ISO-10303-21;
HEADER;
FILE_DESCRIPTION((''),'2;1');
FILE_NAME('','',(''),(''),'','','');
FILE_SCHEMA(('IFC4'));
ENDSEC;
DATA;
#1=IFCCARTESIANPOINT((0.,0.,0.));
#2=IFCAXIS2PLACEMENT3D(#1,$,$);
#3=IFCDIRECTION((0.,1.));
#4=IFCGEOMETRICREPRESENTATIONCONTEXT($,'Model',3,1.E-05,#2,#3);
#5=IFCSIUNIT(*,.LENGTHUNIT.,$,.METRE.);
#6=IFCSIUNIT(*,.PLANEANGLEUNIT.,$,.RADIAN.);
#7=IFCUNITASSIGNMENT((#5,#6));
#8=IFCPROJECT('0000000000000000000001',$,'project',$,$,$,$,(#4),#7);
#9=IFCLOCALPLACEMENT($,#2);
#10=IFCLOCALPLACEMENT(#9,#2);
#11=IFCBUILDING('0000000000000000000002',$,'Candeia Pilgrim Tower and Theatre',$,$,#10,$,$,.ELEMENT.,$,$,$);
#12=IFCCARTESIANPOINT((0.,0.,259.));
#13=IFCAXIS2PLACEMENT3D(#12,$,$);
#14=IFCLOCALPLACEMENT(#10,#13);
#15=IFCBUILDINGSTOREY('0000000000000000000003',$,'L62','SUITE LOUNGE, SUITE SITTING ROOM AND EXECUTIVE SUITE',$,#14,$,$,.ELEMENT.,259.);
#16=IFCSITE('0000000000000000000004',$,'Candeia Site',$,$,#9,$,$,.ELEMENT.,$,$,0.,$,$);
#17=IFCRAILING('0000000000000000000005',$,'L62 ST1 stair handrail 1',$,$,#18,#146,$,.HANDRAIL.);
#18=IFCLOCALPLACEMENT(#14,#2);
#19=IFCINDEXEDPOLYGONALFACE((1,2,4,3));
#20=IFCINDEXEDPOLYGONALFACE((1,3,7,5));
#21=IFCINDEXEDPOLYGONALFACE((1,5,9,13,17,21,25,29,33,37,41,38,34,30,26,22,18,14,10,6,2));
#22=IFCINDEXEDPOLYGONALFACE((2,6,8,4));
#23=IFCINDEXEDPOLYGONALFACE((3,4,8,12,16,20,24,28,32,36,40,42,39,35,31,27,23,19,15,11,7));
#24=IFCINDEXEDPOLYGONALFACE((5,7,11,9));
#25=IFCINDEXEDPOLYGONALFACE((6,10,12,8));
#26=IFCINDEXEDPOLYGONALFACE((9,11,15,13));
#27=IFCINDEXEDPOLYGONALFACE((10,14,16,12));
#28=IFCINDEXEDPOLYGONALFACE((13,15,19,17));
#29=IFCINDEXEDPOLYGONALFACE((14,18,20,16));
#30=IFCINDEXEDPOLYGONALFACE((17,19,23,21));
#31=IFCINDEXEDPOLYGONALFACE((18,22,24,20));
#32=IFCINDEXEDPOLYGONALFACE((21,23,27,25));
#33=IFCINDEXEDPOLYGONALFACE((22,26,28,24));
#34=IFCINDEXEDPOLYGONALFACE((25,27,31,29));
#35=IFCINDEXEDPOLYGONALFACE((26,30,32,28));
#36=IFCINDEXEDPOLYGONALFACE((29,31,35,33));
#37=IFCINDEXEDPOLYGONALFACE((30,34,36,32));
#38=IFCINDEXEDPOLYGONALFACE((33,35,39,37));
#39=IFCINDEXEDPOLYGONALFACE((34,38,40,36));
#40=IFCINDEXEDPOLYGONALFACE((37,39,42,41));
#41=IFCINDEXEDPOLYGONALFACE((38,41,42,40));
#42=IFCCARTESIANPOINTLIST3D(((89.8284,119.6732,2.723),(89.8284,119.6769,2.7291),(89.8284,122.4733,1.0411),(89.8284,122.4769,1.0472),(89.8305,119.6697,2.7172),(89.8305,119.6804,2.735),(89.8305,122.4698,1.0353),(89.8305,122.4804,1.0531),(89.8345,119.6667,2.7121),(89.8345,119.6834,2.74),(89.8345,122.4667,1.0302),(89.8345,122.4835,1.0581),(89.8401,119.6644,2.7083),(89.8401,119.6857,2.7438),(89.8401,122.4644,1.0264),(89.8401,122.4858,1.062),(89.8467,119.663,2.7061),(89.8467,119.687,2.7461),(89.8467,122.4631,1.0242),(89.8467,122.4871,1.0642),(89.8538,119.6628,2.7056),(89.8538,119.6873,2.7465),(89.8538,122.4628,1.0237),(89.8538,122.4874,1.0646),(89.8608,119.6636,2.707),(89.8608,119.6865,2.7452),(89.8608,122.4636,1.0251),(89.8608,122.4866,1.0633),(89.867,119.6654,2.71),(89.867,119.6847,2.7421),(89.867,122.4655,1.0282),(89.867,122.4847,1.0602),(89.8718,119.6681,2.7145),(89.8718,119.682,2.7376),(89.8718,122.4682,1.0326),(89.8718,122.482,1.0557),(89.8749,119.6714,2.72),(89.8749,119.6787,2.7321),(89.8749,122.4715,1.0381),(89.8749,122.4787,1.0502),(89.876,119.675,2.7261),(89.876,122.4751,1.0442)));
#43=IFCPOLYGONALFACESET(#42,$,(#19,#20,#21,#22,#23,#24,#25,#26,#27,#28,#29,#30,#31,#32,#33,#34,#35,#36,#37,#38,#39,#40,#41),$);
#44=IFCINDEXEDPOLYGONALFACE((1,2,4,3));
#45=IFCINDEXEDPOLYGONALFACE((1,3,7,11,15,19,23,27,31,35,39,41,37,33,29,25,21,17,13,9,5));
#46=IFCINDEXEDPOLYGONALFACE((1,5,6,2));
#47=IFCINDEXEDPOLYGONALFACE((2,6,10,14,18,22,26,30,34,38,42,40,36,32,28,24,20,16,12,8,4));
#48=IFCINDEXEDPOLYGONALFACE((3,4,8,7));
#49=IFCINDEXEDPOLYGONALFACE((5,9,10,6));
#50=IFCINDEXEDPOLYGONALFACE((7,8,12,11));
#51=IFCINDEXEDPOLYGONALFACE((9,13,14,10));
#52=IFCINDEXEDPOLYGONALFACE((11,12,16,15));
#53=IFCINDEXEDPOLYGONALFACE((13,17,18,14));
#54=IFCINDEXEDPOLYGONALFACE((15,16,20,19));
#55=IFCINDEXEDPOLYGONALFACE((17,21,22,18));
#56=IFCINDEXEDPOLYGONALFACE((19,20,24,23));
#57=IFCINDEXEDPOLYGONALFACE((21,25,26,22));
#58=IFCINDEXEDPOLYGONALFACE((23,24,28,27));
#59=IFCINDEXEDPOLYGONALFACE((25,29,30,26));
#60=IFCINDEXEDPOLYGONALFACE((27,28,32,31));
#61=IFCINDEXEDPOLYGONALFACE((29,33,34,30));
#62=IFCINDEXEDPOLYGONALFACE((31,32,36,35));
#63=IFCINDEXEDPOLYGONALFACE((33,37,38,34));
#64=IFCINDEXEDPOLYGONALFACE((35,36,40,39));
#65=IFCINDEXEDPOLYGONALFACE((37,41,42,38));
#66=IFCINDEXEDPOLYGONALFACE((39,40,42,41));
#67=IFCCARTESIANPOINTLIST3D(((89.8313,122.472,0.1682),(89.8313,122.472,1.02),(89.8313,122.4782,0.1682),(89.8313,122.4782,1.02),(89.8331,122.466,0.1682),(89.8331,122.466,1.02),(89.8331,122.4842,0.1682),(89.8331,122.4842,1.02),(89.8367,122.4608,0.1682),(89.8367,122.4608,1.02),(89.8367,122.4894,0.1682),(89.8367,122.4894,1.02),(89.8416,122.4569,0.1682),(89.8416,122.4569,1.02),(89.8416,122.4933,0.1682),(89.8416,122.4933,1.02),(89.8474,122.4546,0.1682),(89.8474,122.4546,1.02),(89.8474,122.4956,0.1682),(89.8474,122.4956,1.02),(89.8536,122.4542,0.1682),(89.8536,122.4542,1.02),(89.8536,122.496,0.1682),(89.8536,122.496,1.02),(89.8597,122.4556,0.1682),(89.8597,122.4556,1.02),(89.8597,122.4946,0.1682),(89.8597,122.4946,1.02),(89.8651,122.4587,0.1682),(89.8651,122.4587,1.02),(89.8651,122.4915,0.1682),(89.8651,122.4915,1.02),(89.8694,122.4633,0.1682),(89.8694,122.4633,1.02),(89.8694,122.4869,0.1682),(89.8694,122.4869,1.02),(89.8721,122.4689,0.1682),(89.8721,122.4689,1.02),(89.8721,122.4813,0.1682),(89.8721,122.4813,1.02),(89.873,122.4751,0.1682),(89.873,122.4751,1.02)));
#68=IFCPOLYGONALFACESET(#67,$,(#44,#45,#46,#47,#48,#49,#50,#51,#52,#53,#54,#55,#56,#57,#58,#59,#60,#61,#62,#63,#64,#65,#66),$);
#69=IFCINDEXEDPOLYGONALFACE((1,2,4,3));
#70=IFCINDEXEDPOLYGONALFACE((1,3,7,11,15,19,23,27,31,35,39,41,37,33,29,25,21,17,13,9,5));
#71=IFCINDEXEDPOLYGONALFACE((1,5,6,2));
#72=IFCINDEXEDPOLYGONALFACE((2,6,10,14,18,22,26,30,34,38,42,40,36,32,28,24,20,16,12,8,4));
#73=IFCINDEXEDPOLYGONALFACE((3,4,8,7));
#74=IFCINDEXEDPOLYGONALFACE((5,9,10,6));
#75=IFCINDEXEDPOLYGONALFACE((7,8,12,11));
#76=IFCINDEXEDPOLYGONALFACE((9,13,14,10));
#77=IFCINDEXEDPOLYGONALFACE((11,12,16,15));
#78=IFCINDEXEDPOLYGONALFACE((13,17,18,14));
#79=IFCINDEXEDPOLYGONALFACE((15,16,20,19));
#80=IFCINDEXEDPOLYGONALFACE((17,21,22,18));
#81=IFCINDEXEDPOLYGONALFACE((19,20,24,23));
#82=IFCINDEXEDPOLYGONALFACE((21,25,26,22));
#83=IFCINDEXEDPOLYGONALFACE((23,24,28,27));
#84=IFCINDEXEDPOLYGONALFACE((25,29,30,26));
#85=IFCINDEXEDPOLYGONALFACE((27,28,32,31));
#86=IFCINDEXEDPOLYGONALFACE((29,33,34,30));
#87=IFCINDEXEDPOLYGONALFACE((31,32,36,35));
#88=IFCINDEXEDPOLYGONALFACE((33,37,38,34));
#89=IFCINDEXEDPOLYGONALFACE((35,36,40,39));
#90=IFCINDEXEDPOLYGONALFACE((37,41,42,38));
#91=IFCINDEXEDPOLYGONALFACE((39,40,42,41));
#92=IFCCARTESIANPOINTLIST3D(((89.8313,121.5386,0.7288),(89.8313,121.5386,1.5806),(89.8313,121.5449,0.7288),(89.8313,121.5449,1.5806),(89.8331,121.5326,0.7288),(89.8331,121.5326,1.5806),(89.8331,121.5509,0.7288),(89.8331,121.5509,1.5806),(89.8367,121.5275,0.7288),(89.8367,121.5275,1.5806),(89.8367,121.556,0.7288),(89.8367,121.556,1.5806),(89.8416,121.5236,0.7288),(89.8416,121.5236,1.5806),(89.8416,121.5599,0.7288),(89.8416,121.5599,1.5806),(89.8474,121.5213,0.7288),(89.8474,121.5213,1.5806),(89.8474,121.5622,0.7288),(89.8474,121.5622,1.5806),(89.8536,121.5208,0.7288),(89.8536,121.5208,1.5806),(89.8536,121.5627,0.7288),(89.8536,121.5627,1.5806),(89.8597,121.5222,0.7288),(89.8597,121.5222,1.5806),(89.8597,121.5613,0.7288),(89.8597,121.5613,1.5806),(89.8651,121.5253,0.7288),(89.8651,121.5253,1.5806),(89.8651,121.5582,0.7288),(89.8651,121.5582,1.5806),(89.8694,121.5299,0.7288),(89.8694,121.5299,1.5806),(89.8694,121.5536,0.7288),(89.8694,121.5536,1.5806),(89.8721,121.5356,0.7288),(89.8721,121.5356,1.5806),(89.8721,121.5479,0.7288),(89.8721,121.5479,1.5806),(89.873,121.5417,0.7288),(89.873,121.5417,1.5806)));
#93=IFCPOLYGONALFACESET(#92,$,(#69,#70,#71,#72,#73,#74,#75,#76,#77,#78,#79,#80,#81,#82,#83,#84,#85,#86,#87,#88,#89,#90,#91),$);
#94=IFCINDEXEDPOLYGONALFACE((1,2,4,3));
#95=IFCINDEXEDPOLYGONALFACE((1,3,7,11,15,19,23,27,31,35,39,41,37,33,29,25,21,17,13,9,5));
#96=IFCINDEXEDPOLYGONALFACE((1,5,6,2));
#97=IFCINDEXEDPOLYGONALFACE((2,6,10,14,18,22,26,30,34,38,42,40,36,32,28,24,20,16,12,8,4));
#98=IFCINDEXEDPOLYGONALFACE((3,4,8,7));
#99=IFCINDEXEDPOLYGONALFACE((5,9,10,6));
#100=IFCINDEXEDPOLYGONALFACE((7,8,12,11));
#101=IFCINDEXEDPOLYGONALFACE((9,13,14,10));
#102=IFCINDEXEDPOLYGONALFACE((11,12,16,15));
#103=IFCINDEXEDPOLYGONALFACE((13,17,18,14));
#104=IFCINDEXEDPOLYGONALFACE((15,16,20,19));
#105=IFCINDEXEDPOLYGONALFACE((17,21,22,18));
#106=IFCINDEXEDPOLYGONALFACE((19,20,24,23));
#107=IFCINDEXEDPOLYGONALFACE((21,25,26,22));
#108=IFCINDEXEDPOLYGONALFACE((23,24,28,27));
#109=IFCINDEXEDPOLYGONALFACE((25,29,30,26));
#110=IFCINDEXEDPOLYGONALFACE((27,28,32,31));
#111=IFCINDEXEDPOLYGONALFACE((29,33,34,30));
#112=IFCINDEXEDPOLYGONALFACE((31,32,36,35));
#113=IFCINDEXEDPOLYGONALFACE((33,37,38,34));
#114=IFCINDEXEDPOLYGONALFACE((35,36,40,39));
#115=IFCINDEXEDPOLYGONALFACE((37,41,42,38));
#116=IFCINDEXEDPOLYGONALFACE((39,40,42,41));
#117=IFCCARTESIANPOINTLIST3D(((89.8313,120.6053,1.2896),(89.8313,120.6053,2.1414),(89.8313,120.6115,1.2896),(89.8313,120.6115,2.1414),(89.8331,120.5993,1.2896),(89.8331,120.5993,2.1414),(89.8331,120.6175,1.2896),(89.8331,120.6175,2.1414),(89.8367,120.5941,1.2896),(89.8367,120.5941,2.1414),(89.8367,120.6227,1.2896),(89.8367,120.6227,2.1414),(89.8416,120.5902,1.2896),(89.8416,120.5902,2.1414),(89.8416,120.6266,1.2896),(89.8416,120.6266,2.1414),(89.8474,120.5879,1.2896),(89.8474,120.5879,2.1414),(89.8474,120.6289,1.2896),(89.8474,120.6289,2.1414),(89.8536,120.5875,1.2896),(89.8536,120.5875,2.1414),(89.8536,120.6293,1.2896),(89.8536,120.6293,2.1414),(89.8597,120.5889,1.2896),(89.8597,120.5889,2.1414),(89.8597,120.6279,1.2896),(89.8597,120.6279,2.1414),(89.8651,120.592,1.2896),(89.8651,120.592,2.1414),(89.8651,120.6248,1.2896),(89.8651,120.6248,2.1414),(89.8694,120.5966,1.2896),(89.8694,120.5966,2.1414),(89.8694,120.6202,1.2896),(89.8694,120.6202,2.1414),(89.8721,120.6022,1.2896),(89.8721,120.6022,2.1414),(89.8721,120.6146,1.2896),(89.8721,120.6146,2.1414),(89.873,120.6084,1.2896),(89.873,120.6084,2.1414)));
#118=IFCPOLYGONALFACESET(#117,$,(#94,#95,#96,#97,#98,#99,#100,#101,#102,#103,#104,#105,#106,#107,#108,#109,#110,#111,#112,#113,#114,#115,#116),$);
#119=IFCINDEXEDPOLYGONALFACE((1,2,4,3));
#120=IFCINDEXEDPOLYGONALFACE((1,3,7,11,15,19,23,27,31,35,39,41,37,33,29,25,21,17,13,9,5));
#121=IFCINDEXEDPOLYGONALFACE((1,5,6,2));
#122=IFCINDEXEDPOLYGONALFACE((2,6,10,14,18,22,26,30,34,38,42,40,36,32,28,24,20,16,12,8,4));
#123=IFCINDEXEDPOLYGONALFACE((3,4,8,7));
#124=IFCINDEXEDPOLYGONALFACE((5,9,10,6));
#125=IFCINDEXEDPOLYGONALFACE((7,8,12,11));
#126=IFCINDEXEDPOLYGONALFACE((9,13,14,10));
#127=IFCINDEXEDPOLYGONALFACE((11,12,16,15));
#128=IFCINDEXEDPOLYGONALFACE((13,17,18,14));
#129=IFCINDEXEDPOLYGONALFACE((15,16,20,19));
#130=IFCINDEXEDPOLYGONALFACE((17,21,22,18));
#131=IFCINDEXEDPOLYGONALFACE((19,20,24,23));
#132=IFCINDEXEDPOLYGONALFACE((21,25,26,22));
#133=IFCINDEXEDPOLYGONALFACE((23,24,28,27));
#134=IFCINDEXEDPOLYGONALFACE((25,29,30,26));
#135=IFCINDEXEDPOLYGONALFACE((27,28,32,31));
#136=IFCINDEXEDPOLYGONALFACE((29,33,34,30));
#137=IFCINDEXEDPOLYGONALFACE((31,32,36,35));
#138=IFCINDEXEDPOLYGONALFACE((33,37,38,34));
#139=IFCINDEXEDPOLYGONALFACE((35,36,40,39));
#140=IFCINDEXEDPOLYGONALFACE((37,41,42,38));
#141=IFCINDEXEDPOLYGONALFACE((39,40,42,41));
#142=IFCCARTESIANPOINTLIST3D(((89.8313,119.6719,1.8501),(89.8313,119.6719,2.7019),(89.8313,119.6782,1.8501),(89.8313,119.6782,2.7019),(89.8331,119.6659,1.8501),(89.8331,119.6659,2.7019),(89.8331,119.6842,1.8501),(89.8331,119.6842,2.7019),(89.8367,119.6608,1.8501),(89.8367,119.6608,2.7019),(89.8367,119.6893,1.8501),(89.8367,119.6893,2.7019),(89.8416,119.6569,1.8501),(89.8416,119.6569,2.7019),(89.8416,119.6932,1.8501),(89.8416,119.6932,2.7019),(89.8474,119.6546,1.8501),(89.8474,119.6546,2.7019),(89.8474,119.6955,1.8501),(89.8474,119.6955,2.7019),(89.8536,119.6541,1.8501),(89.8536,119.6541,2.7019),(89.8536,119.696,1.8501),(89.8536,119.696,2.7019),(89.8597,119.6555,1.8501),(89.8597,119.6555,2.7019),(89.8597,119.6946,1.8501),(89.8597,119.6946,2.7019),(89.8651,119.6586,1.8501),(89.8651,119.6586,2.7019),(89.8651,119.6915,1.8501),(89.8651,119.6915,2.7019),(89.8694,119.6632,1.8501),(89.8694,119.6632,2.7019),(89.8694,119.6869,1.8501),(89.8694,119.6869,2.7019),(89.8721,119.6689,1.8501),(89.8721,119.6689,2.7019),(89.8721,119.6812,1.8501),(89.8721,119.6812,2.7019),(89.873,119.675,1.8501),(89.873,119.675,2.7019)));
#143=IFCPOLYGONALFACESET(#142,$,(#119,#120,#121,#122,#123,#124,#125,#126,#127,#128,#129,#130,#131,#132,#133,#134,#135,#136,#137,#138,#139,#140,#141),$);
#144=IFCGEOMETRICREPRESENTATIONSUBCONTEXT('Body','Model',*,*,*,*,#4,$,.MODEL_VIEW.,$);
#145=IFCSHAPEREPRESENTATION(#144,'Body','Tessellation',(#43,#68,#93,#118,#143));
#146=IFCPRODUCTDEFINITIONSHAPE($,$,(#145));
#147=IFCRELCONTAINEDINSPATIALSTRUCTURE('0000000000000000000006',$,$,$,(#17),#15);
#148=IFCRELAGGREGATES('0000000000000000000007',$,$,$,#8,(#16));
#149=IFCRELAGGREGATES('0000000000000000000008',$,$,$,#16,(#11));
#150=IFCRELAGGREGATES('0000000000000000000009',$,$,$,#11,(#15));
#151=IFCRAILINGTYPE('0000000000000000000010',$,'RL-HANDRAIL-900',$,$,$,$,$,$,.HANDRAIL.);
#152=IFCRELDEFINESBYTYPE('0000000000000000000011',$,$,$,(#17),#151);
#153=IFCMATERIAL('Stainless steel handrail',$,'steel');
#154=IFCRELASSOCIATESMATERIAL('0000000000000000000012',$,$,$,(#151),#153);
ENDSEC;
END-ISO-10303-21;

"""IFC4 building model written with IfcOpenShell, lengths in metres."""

from ifc_helpers import new_model, si_unit, direction, frame, origin, origin_2d, place, context, subcontext, project, spatial, circle, extrude, material, type_object, element, save


model = new_model("IFC4")

# Units and contexts
model_context = context("Model", 3, precision=1e-05, world=origin(), true_north=direction((0.0, 1.0)))
body_context = subcontext(model_context, "Body", "Model", "MODEL_VIEW")
ifc_project = project(units=[si_unit("LENGTHUNIT", "METRE"), si_unit("PLANEANGLEUNIT", "RADIAN")], contexts=[model_context])

# Site, building, storey
site_placement = place(None, origin())
site = spatial("IfcSite", under=ifc_project, at=site_placement, Name="Candeia Site", CompositionType="ELEMENT", RefElevation=0.0)
building_placement = place(site_placement, origin())
building = spatial("IfcBuilding", under=site, at=building_placement, Name="Candeia Pilgrim Tower and Theatre", CompositionType="ELEMENT")
storey_placement = place(building_placement, frame((0.0, 0.0, 259.0)))
storey = spatial("IfcBuildingStorey", under=building, at=storey_placement, Name="L62", Description="SUITE LOUNGE, SUITE SITTING ROOM AND EXECUTIVE SUITE", CompositionType="ELEMENT", Elevation=259.0)

# Railing
ifc_material_1 = material(Name="Stainless steel handrail", Category="steel")
railing_type_1 = type_object("IfcRailingType", Name="RL-HANDRAIL-900", PredefinedType="HANDRAIL", material=ifc_material_1)
for number, where, name in (
    (1, (89.8521, 122.4751, 0.1682), "L62 ST1 stair handrail 1"),
):
    element("IfcRailing", number, at=place(storey_placement, frame(where)), inside=storey, type_object=railing_type_1, Name=name, PredefinedType="HANDRAIL", context=body_context, shape_type="SweptSolid", body=[
        extrude(circle(Radius=0.0239, at=origin_2d()), frame((0.0, 0.0, 0.876), z_axis=(0.0, -0.857242, 0.514913), x_axis=(1.0, 0.0, 0.0)), (0.0, 0.0, 1.0), 3.2664),
        extrude(circle(Radius=0.021, at=origin_2d()), origin(), (0.0, 0.0, 1.0), 0.8518),
        extrude(circle(Radius=0.021, at=origin_2d()), frame((0.0, -0.9333, 0.5605)), (0.0, 0.0, 1.0), 0.8518),
        extrude(circle(Radius=0.021, at=origin_2d()), frame((0.0, -1.8667, 1.1213)), (0.0, 0.0, 1.0), 0.8518),
        extrude(circle(Radius=0.021, at=origin_2d()), frame((0.0, -2.8, 1.6819)), (0.0, 0.0, 1.0), 0.8518),
    ])

save(model, "model.ifc")
